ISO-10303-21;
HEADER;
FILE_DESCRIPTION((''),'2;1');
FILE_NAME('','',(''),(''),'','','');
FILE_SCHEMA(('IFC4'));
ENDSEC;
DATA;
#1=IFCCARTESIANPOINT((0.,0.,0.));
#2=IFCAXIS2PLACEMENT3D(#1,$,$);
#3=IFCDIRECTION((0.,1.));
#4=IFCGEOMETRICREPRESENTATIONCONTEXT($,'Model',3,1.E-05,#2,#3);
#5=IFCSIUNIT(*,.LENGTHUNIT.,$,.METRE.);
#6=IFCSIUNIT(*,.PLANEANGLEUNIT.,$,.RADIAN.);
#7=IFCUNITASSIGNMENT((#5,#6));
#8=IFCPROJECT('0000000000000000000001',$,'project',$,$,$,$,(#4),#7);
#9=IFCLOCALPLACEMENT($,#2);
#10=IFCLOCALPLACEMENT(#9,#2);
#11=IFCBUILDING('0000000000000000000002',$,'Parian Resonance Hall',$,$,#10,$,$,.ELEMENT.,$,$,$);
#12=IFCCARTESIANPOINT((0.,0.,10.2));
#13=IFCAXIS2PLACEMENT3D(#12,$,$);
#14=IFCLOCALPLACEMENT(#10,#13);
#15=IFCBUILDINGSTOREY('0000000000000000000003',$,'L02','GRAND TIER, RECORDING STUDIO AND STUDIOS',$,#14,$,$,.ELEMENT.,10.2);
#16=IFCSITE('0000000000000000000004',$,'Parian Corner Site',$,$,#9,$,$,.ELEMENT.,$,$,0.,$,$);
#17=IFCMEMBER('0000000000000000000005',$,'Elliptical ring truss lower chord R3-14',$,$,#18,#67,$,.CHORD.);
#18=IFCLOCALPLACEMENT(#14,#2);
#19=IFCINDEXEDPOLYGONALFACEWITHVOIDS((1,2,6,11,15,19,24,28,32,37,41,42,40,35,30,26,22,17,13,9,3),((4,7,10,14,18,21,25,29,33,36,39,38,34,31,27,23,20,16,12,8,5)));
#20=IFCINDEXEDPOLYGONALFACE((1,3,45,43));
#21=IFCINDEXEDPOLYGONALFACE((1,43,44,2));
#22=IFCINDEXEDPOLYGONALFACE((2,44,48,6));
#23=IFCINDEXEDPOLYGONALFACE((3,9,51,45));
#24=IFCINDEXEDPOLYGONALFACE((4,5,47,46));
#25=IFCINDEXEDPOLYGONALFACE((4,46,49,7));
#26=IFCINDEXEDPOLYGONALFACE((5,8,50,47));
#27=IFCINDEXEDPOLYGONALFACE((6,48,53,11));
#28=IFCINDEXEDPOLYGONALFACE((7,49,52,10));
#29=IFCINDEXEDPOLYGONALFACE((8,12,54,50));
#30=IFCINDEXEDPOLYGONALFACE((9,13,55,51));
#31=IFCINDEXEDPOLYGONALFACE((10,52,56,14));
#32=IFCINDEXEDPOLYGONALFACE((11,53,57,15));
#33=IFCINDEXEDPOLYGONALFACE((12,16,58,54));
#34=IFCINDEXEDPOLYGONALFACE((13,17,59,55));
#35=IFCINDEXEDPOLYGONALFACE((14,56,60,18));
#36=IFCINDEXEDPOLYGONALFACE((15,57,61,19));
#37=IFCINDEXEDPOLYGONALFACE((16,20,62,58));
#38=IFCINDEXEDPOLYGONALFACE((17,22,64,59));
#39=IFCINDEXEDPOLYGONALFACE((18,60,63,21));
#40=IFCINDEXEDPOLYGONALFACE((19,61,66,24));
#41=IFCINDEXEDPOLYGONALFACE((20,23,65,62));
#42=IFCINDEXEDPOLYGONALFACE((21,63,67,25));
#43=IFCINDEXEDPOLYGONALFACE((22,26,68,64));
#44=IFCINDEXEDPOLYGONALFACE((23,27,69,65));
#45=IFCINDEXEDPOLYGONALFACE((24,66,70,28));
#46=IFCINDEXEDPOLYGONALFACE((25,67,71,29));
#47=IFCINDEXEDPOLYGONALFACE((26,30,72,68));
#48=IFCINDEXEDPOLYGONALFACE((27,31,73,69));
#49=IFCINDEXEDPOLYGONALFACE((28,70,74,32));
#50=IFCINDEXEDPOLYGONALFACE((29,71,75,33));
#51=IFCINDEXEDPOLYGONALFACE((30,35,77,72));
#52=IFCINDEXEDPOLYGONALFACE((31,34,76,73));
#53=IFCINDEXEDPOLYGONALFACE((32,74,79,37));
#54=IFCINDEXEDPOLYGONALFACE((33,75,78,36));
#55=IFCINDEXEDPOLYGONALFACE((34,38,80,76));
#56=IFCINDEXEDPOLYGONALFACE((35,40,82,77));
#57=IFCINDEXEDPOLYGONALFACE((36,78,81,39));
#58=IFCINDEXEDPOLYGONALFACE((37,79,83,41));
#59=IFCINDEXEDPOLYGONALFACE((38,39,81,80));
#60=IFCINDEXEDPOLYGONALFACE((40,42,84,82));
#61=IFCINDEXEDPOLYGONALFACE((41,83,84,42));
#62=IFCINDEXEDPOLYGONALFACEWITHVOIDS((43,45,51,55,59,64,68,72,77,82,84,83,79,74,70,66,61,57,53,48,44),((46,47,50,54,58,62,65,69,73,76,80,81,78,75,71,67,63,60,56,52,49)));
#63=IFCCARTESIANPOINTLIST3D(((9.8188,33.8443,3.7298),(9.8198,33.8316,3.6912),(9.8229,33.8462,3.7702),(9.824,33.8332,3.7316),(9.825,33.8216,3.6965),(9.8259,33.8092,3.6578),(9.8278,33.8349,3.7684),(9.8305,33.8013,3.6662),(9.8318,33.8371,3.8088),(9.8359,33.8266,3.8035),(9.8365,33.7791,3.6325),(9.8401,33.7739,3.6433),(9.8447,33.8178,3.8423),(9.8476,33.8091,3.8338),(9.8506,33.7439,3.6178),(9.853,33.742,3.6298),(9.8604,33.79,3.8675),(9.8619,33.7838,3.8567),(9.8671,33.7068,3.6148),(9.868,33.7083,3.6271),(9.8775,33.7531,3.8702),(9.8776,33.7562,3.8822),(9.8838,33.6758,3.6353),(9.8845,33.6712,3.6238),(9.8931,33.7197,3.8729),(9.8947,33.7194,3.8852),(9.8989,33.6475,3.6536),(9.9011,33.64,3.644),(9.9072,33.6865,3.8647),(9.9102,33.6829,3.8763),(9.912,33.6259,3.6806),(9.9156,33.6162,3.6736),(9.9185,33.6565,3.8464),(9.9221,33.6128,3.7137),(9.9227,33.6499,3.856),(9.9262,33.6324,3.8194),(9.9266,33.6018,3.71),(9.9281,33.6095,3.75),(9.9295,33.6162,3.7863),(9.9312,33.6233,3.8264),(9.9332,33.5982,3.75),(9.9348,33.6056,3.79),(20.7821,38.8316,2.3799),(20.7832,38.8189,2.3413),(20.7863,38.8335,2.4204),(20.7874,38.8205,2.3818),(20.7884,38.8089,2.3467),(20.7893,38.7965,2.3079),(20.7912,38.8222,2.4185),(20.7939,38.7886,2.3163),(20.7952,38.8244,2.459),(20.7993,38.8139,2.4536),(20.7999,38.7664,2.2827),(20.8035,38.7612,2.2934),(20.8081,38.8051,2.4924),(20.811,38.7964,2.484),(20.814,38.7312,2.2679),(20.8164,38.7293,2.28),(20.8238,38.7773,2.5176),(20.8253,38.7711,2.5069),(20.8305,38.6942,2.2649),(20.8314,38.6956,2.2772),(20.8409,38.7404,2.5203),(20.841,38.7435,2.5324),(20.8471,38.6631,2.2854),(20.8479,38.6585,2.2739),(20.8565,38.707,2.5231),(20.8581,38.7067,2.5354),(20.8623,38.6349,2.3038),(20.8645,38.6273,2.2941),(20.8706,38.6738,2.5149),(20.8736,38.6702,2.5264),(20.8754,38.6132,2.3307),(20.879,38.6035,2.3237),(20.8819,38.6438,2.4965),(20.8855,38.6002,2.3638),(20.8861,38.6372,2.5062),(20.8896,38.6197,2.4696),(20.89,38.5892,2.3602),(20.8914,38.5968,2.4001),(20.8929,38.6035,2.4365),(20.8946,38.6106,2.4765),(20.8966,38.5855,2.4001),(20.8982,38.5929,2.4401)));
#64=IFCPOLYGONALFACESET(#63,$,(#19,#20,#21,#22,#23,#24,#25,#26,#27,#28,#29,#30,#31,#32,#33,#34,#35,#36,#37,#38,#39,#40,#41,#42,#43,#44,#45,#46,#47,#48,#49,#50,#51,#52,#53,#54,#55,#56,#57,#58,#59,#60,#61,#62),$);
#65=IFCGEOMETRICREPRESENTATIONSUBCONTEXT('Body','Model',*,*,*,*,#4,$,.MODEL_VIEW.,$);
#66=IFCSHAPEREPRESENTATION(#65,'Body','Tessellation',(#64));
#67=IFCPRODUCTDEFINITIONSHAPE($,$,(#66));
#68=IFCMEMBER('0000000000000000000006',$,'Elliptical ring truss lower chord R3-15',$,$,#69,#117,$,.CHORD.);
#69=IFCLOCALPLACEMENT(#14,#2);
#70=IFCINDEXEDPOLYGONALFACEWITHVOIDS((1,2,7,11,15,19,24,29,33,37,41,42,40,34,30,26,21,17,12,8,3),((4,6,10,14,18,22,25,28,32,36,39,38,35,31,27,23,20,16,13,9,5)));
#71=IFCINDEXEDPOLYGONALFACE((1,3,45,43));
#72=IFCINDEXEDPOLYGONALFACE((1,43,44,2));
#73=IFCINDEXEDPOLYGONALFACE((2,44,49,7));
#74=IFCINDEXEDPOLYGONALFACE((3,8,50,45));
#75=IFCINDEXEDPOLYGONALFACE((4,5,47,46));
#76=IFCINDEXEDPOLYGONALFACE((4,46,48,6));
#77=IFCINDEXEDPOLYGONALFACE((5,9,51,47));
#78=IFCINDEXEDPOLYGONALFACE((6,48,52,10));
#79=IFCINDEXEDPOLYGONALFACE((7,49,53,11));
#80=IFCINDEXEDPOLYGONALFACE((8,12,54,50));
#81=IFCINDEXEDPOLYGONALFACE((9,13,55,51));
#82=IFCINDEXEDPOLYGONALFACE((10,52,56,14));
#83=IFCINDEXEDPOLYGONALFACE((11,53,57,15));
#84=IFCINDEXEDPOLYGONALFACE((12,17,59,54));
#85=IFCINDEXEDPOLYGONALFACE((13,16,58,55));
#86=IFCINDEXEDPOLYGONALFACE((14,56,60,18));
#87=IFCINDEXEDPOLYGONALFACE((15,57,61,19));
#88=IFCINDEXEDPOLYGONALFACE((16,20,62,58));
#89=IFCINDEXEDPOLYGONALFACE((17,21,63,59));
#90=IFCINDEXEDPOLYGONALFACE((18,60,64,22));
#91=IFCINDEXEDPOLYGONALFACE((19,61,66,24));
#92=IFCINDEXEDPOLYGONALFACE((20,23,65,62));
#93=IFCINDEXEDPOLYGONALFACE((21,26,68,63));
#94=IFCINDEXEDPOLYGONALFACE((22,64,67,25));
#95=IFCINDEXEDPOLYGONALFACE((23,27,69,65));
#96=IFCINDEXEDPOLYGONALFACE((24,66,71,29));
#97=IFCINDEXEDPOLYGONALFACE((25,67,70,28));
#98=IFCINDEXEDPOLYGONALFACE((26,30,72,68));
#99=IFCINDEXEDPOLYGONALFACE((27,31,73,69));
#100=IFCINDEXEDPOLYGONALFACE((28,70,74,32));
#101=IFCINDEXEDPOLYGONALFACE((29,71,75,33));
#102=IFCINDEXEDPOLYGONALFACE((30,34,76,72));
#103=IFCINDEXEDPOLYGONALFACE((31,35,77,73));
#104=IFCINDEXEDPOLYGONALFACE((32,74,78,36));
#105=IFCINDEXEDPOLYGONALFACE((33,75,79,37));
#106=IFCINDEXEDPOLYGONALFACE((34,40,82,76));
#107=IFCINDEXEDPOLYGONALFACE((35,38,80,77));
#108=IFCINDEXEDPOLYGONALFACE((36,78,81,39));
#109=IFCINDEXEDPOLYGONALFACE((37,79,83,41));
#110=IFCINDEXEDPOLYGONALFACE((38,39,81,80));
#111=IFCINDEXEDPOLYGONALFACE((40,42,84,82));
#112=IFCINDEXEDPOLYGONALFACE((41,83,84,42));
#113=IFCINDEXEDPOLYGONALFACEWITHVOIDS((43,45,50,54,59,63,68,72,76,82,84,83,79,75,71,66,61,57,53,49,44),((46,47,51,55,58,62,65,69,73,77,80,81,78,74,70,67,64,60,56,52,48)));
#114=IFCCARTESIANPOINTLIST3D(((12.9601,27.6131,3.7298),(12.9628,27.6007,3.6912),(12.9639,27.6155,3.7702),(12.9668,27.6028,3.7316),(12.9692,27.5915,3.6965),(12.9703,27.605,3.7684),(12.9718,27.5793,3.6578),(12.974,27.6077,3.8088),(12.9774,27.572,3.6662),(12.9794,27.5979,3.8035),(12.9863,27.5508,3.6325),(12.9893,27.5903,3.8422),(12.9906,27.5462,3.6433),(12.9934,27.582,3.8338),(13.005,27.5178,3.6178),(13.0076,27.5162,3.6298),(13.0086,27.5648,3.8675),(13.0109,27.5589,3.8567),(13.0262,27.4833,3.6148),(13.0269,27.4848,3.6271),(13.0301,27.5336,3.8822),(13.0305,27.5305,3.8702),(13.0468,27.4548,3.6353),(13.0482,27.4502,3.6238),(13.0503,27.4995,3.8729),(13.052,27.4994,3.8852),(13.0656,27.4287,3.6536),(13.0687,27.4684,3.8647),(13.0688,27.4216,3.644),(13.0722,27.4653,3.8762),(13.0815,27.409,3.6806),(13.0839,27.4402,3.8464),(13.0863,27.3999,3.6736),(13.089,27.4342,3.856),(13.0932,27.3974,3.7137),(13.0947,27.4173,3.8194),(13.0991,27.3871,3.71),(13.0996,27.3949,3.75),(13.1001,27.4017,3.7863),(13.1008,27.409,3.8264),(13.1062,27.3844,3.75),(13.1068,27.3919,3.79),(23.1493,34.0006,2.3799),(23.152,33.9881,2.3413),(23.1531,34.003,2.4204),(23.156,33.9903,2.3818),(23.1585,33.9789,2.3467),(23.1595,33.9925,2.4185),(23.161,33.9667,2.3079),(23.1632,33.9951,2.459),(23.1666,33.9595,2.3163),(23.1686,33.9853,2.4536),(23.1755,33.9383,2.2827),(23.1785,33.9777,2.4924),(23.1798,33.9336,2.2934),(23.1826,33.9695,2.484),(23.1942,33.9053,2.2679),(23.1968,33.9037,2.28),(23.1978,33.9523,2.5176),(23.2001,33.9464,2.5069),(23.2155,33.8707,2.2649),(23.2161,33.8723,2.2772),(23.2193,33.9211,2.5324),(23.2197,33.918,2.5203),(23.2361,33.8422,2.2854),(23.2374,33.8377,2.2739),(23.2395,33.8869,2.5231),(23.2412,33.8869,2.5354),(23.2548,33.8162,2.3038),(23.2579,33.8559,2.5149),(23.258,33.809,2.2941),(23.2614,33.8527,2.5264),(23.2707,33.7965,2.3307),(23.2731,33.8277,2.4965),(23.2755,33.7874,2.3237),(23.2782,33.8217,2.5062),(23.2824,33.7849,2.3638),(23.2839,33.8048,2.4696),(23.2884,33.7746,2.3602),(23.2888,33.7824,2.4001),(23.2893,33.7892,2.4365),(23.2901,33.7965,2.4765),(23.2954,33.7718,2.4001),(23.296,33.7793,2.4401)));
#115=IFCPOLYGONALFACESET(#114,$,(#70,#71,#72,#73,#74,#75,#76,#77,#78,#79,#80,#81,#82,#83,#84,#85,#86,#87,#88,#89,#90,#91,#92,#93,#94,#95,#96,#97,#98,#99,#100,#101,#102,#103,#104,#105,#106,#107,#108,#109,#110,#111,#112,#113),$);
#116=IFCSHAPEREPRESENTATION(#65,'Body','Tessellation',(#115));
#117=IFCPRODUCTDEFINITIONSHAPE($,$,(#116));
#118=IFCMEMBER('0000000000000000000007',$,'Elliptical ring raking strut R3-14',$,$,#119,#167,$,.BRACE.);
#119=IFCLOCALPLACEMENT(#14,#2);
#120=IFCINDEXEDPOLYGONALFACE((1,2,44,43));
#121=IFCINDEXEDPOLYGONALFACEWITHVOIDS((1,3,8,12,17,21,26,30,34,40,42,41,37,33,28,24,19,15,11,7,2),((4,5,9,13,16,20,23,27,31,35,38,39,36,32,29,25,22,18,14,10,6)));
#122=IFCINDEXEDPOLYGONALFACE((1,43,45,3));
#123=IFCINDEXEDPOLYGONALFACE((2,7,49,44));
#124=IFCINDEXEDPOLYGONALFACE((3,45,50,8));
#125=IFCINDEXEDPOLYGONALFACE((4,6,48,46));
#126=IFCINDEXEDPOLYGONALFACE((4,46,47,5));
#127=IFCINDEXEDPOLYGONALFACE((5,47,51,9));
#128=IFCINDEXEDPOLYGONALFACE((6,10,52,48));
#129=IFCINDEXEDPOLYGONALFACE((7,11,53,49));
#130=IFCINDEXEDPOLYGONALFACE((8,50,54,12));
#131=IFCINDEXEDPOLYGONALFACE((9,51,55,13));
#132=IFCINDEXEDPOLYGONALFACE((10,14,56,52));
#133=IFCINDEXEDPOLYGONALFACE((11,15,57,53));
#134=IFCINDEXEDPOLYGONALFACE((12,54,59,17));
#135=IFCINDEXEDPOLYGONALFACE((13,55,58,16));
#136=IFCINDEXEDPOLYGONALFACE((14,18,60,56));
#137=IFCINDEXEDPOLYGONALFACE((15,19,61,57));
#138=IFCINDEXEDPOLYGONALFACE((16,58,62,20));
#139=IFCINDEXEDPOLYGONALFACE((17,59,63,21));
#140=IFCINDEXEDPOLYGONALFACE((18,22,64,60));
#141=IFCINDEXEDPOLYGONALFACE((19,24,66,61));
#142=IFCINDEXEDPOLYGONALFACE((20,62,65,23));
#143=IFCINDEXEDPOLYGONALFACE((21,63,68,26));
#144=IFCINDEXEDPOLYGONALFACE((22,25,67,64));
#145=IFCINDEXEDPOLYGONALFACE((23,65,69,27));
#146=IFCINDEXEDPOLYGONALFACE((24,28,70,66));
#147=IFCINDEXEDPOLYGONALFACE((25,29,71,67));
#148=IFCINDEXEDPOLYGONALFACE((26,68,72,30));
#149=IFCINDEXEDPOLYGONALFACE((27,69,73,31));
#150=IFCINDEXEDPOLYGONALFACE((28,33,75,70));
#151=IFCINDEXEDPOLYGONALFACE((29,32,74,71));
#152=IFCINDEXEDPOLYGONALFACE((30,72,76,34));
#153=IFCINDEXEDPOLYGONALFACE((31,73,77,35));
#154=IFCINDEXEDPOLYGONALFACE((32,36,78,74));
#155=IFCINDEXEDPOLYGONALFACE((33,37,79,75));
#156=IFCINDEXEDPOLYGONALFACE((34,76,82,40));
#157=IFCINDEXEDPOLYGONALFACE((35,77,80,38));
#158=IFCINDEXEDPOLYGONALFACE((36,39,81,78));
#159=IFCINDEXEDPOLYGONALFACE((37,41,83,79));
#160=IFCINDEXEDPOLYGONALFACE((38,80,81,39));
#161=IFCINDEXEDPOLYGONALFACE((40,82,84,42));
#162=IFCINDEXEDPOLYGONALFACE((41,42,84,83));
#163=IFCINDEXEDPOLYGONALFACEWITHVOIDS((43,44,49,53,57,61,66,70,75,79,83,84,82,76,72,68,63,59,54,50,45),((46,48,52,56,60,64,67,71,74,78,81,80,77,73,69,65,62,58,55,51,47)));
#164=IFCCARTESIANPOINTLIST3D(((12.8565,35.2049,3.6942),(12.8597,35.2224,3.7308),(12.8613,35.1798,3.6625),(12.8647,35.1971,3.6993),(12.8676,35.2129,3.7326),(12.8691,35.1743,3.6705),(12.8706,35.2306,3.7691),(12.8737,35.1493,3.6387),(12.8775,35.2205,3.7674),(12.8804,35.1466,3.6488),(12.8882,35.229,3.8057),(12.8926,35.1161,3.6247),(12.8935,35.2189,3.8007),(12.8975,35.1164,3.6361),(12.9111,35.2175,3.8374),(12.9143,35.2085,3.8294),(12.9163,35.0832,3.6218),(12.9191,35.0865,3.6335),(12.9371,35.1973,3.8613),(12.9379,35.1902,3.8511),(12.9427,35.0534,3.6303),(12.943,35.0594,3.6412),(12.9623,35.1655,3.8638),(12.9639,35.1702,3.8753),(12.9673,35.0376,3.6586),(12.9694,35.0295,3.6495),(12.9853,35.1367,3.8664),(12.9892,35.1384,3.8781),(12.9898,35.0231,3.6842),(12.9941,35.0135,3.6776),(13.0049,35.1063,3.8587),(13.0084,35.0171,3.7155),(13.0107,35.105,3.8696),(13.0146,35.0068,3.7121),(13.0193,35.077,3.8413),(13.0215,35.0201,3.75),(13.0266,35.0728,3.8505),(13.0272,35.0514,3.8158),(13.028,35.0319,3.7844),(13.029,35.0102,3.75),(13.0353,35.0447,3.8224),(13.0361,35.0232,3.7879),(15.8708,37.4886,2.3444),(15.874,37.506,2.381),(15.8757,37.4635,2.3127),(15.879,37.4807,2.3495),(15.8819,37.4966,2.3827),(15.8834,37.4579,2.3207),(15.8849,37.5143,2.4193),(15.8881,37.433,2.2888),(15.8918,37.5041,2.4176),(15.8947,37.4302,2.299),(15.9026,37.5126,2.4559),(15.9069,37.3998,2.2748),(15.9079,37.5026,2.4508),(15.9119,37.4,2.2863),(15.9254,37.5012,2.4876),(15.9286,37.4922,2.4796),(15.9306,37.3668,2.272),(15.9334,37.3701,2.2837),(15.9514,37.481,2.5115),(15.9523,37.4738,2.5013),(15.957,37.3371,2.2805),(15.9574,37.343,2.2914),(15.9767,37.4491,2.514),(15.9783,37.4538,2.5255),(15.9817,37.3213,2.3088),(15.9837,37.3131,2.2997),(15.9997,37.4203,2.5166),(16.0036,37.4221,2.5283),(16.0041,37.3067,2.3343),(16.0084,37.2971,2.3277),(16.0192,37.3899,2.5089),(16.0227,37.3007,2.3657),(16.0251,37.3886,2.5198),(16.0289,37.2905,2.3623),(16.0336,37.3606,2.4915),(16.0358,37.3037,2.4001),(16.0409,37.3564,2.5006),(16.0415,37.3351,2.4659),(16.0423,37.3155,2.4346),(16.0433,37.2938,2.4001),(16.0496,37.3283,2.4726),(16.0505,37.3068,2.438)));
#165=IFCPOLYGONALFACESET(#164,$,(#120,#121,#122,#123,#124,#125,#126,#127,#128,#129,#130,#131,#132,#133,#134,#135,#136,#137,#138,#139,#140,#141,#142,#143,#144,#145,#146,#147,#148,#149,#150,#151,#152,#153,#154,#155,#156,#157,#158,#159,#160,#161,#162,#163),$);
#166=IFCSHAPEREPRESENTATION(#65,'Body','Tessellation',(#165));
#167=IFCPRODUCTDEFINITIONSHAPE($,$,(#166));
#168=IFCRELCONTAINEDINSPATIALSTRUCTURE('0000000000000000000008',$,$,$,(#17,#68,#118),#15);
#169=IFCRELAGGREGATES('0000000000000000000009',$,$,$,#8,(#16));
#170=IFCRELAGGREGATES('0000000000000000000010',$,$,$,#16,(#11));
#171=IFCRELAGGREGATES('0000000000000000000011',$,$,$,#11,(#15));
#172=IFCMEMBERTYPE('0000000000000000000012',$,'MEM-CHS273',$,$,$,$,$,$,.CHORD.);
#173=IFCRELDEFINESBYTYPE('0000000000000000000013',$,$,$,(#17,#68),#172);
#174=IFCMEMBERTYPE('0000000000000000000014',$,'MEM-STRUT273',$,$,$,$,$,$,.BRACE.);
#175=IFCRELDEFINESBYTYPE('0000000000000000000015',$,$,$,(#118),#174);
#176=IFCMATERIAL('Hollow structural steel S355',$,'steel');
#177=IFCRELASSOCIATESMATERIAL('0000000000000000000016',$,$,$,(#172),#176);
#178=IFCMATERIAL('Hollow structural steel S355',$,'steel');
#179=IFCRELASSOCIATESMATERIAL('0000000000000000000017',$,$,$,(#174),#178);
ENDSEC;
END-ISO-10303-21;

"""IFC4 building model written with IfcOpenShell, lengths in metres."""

from ifc_helpers import new_model, si_unit, direction, frame, origin, origin_2d, place, context, subcontext, project, spatial, hollow_circle, extrude, material, material_profile, profile_set, type_object, element, save


model = new_model("IFC4")

# Units and contexts
model_context = context("Model", 3, precision=1e-05, world=origin(), true_north=direction((0.0, 1.0)))
body_context = subcontext(model_context, "Body", "Model", "MODEL_VIEW")
ifc_project = project(units=[si_unit("LENGTHUNIT", "METRE"), si_unit("PLANEANGLEUNIT", "RADIAN")], contexts=[model_context])

# Site, building, storey
site_placement = place(None, origin())
site = spatial("IfcSite", under=ifc_project, at=site_placement, Name="Parian Corner Site", CompositionType="ELEMENT", RefElevation=0.0)
building_placement = place(site_placement, origin())
building = spatial("IfcBuilding", under=site, at=building_placement, Name="Parian Resonance Hall", CompositionType="ELEMENT")
storey_placement = place(building_placement, frame((0.0, 0.0, 10.2)))
storey = spatial("IfcBuildingStorey", under=building, at=storey_placement, Name="L02", Description="GRAND TIER, RECORDING STUDIO AND STUDIOS", CompositionType="ELEMENT", Elevation=10.2)

# Members
ifc_material_1 = material(Name="Hollow structural steel S355", Category="steel")
ifc_material_profile_1 = material_profile(ifc_material_1, hollow_circle(Radius=0.1365, WallThickness=0.0125, at=origin_2d()), Name="CHS273x12.5")
ifc_profile_set_1 = profile_set([ifc_material_profile_1], Name="Hollow structural steel S355")
member_type_1 = type_object("IfcMemberType", Name="MEM-CHS273", PredefinedType="CHORD", material=ifc_profile_set_1)
member_1_placement = place(storey_placement, frame((20.8401, 38.7097, 2.4001), z_axis=(-0.90458, -0.411499, 0.111375), x_axis=(0.414075, -0.910243, 0.0)))
element("IfcMember", 1, at=member_1_placement, inside=storey, type_object=member_type_1, Name="Elliptical ring truss lower chord R3-14", PredefinedType="CHORD", context=body_context, shape_type="SweptSolid", body=[
    extrude(hollow_circle(Radius=0.1365, WallThickness=0.0125, at=origin_2d()), origin(), (0.0, 0.0, 1.0), 12.1199),
])
member_2_placement = place(storey_placement, frame((23.2229, 33.8875, 2.4001), z_axis=(-0.841992, -0.527832, 0.111546), x_axis=(0.531146, -0.84728, 0.0)))
element("IfcMember", 2, at=member_2_placement, inside=storey, type_object=member_type_1, Name="Elliptical ring truss lower chord R3-15", PredefinedType="CHORD", context=body_context, shape_type="SweptSolid", body=[
    extrude(hollow_circle(Radius=0.1365, WallThickness=0.0125, at=origin_2d()), origin(), (0.0, 0.0, 1.0), 12.1013),
])
ifc_material_2 = material(Name="Hollow structural steel S355", Category="steel")
ifc_material_profile_2 = material_profile(ifc_material_2, hollow_circle(Radius=0.1365, WallThickness=0.0125, at=origin_2d()), Name="CHS273x12.5")
ifc_profile_set_2 = profile_set([ifc_material_profile_2], Name="Hollow structural steel S355")
member_type_2 = type_object("IfcMemberType", Name="MEM-STRUT273", PredefinedType="BRACE", material=ifc_profile_set_2)
member_3_placement = place(storey_placement, frame((15.9609, 37.4026, 2.4001), z_axis=(-0.750698, -0.568724, 0.336163), x_axis=(0.603866, -0.797086, 0.0)))
element("IfcMember", 3, at=member_3_placement, inside=storey, type_object=member_type_2, Name="Elliptical ring raking strut R3-14", PredefinedType="BRACE", context=body_context, shape_type="SweptSolid", body=[
    extrude(hollow_circle(Radius=0.1365, WallThickness=0.0125, at=origin_2d()), origin(), (0.0, 0.0, 1.0), 4.0154),
])

save(model, "model.ifc")
